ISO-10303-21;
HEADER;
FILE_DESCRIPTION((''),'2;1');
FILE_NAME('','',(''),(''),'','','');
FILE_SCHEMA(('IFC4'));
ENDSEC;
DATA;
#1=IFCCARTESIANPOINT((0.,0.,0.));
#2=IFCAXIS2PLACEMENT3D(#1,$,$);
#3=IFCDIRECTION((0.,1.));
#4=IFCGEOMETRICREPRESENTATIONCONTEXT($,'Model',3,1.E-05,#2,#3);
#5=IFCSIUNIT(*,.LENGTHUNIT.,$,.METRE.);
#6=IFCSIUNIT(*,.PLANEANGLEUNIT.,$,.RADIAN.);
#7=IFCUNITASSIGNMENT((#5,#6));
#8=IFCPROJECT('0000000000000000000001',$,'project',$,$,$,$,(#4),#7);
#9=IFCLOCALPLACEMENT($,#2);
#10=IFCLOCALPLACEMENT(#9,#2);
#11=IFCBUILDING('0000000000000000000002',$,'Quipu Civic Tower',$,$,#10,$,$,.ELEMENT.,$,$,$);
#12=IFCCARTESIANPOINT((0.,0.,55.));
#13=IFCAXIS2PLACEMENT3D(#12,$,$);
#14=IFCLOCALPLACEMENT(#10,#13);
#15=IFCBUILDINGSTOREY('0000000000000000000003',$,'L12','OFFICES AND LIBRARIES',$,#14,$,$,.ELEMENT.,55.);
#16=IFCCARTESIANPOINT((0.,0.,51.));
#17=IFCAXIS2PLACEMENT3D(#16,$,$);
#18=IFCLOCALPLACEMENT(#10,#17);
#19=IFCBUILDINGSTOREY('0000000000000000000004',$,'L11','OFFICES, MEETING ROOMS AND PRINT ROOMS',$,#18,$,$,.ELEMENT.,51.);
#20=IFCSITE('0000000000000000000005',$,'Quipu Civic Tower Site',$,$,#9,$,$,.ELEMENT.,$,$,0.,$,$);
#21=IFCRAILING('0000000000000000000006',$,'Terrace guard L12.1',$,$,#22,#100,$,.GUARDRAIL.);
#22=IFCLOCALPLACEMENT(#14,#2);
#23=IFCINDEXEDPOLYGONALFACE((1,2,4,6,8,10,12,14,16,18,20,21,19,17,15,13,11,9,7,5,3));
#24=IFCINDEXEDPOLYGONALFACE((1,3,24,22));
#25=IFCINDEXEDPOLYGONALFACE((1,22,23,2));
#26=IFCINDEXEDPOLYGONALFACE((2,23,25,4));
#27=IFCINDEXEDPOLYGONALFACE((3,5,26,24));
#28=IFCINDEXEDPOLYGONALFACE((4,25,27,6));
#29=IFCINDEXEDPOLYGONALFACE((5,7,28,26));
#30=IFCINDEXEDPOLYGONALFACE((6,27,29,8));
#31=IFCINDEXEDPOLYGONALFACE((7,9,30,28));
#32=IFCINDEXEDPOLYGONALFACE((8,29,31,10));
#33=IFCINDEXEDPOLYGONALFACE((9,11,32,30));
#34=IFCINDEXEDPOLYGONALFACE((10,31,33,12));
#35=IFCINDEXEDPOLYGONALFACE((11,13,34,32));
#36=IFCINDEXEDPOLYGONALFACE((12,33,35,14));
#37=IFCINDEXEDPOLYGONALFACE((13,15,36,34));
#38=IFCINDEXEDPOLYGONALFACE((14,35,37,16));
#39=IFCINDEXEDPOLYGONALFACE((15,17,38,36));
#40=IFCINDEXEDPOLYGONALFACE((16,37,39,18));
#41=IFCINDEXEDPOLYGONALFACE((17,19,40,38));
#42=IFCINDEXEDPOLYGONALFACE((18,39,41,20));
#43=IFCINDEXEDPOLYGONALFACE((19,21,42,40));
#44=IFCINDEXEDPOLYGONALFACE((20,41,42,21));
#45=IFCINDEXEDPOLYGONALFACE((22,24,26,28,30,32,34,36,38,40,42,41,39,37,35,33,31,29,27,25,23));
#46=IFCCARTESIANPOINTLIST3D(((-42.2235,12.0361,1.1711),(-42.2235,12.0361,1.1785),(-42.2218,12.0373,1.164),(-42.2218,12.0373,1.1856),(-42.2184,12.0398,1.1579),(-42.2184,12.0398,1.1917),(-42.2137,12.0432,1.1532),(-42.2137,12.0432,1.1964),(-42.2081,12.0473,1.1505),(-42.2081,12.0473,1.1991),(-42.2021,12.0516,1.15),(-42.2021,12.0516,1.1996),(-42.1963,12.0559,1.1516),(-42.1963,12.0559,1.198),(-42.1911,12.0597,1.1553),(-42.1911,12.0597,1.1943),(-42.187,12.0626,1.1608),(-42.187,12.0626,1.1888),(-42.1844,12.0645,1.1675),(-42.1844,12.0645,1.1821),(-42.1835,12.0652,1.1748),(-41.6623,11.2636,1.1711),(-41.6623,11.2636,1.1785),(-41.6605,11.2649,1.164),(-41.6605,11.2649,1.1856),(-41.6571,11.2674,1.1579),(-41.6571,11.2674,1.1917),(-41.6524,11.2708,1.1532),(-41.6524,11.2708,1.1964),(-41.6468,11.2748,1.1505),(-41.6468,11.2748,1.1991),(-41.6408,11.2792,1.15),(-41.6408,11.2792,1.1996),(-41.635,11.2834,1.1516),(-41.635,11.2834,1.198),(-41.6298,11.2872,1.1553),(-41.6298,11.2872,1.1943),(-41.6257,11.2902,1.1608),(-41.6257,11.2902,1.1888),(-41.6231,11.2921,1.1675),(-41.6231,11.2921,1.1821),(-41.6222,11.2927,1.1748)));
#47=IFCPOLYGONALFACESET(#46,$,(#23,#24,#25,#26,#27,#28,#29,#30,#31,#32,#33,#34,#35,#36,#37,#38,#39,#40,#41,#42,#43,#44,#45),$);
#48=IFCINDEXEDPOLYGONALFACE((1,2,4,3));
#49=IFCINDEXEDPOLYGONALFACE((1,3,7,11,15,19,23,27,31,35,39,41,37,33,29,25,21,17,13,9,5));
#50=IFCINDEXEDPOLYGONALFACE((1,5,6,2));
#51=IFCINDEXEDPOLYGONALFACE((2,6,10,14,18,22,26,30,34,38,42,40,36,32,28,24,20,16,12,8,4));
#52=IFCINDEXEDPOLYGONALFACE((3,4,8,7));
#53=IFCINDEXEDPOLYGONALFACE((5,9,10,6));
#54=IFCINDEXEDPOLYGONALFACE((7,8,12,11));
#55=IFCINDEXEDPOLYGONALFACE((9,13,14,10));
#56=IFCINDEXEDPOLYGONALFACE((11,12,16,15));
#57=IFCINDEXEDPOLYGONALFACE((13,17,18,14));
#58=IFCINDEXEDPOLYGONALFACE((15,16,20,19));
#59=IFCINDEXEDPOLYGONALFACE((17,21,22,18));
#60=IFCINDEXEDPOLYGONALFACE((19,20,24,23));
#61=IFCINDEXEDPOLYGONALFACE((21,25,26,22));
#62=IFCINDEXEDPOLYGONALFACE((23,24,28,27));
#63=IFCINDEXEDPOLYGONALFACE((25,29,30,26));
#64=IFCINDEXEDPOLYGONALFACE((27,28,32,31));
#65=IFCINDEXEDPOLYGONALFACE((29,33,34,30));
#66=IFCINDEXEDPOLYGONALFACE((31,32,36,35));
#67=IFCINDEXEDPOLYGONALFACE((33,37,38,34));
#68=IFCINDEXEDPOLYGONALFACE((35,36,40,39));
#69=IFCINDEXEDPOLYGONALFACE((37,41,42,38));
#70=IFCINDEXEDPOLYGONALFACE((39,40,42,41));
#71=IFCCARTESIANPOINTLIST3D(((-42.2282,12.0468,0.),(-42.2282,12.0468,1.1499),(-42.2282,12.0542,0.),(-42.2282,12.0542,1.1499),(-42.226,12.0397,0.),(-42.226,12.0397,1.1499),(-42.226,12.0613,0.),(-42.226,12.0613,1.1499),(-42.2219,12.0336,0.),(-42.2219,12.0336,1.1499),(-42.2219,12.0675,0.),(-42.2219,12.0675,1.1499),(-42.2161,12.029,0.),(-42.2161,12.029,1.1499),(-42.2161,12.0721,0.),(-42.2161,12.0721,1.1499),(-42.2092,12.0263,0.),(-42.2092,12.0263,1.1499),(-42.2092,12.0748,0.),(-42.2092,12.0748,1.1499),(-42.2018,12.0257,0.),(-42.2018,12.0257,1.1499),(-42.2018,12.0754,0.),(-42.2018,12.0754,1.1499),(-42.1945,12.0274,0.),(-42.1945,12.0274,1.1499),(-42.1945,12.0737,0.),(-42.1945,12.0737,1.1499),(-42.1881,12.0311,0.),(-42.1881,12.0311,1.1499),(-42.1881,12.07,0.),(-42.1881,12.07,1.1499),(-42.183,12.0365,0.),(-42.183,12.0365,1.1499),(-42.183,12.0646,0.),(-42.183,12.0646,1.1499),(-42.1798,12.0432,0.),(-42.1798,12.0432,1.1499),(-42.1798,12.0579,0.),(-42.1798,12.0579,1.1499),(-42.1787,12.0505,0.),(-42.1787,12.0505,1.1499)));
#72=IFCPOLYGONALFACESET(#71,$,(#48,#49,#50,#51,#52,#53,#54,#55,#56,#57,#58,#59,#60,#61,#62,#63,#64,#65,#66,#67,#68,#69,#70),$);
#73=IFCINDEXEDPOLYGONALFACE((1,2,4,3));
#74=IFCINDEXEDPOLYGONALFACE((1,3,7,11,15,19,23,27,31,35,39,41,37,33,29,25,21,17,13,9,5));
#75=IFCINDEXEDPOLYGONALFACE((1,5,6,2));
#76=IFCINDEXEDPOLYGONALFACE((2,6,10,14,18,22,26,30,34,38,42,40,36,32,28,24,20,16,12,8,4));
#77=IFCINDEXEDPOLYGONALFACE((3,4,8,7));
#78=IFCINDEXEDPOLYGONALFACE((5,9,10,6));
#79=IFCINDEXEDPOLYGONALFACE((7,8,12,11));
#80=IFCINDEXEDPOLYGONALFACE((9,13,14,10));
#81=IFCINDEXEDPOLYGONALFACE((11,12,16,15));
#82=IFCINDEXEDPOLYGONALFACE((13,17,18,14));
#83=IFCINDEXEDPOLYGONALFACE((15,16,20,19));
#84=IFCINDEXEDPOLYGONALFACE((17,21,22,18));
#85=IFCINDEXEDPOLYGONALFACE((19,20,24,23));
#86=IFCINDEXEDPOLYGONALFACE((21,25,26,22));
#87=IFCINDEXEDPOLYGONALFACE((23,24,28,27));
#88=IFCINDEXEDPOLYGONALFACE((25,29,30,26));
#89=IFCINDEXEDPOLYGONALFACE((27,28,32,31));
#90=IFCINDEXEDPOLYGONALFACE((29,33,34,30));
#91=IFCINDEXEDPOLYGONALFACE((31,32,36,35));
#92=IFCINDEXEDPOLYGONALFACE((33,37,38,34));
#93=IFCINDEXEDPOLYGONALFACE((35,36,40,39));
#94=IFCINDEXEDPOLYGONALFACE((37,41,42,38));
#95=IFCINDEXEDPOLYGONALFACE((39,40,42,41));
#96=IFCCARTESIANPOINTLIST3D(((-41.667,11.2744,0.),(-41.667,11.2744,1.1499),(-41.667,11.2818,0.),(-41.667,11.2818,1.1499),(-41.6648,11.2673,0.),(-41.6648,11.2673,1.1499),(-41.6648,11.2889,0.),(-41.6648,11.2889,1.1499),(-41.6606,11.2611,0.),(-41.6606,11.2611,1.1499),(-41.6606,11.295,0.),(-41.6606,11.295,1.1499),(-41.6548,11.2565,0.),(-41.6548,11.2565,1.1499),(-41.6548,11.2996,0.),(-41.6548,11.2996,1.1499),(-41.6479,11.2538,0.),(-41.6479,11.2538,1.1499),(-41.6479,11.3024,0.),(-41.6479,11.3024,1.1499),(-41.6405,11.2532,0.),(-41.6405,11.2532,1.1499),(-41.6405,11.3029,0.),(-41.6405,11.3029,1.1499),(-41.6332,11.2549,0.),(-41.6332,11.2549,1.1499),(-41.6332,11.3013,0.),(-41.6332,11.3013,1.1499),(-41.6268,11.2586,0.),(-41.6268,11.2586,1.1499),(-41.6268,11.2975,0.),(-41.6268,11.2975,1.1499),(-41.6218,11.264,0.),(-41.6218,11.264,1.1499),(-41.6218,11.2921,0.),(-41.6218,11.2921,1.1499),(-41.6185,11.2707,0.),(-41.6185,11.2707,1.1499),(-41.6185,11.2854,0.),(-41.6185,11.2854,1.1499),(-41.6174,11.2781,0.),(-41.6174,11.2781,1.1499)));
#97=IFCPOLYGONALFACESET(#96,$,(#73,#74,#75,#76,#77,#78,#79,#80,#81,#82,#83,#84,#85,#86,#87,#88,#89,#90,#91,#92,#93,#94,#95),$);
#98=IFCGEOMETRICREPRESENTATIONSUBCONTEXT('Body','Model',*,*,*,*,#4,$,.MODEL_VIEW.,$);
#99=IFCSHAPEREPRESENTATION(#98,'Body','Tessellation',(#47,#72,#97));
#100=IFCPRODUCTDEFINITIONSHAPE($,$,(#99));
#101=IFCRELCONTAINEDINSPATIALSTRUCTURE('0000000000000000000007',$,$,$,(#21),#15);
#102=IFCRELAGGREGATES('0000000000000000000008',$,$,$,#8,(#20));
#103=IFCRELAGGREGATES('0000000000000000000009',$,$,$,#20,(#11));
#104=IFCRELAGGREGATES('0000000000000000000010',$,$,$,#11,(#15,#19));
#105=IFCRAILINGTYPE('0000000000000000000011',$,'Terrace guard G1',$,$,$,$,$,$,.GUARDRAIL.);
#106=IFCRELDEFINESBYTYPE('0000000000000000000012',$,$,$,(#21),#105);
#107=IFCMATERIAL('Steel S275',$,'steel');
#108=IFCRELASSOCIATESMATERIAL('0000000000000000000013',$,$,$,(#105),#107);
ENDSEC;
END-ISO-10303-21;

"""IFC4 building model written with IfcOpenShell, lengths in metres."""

from ifc_helpers import new_model, si_unit, direction, frame, origin, origin_2d, place, context, subcontext, project, spatial, circle, extrude, material, type_object, element, save


model = new_model("IFC4")

# Units and contexts
model_context = context("Model", 3, precision=1e-05, world=origin(), true_north=direction((0.0, 1.0)))
body_context = subcontext(model_context, "Body", "Model", "MODEL_VIEW")
ifc_project = project(units=[si_unit("LENGTHUNIT", "METRE"), si_unit("PLANEANGLEUNIT", "RADIAN")], contexts=[model_context])

# Site, building, storey
site_placement = place(None, origin())
site = spatial("IfcSite", under=ifc_project, at=site_placement, Name="Quipu Civic Tower Site", CompositionType="ELEMENT", RefElevation=0.0)
building_placement = place(site_placement, origin())
building = spatial("IfcBuilding", under=site, at=building_placement, Name="Quipu Civic Tower", CompositionType="ELEMENT")
storey_1_placement = place(building_placement, frame((0.0, 0.0, 55.0)))
storey_1 = spatial("IfcBuildingStorey", under=building, at=storey_1_placement, Name="L12", Description="OFFICES AND LIBRARIES", CompositionType="ELEMENT", Elevation=55.0)

# Shared definitions
storey_2_placement = place(building_placement, frame((0.0, 0.0, 51.0)))
storey_2 = spatial("IfcBuildingStorey", under=building, at=storey_2_placement, Name="L11", Description="OFFICES, MEETING ROOMS AND PRINT ROOMS", CompositionType="ELEMENT", Elevation=51.0)

# Railing
ifc_material_1 = material(Name="Steel S275", Category="steel")
railing_type = type_object("IfcRailingType", Name="Terrace guard G1", PredefinedType="GUARDRAIL", material=ifc_material_1)
railing_1_placement = place(storey_1_placement, frame((-42.2036, 12.0505, 0.0)))
element("IfcRailing", 1, at=railing_1_placement, inside=storey_1, type_object=railing_type, Name="Terrace guard L12.1", PredefinedType="GUARDRAIL", context=body_context, shape_type="SweptSolid", body=[
    extrude(circle(Radius=0.0249, at=origin_2d()), frame((0.0, 0.0, 1.1748), z_axis=(0.587822, -0.80899, 0.0), x_axis=(0.80899, 0.587822, 0.0)), (0.0, 0.0, 1.0), 0.9548),
    extrude(circle(Radius=0.0249, at=origin_2d()), origin(), (0.0, 0.0, 1.0), 1.1499),
    extrude(circle(Radius=0.0249, at=origin_2d()), frame((0.5613, -0.7725, 0.0)), (0.0, 0.0, 1.0), 1.1499),
])

save(model, "model.ifc")
